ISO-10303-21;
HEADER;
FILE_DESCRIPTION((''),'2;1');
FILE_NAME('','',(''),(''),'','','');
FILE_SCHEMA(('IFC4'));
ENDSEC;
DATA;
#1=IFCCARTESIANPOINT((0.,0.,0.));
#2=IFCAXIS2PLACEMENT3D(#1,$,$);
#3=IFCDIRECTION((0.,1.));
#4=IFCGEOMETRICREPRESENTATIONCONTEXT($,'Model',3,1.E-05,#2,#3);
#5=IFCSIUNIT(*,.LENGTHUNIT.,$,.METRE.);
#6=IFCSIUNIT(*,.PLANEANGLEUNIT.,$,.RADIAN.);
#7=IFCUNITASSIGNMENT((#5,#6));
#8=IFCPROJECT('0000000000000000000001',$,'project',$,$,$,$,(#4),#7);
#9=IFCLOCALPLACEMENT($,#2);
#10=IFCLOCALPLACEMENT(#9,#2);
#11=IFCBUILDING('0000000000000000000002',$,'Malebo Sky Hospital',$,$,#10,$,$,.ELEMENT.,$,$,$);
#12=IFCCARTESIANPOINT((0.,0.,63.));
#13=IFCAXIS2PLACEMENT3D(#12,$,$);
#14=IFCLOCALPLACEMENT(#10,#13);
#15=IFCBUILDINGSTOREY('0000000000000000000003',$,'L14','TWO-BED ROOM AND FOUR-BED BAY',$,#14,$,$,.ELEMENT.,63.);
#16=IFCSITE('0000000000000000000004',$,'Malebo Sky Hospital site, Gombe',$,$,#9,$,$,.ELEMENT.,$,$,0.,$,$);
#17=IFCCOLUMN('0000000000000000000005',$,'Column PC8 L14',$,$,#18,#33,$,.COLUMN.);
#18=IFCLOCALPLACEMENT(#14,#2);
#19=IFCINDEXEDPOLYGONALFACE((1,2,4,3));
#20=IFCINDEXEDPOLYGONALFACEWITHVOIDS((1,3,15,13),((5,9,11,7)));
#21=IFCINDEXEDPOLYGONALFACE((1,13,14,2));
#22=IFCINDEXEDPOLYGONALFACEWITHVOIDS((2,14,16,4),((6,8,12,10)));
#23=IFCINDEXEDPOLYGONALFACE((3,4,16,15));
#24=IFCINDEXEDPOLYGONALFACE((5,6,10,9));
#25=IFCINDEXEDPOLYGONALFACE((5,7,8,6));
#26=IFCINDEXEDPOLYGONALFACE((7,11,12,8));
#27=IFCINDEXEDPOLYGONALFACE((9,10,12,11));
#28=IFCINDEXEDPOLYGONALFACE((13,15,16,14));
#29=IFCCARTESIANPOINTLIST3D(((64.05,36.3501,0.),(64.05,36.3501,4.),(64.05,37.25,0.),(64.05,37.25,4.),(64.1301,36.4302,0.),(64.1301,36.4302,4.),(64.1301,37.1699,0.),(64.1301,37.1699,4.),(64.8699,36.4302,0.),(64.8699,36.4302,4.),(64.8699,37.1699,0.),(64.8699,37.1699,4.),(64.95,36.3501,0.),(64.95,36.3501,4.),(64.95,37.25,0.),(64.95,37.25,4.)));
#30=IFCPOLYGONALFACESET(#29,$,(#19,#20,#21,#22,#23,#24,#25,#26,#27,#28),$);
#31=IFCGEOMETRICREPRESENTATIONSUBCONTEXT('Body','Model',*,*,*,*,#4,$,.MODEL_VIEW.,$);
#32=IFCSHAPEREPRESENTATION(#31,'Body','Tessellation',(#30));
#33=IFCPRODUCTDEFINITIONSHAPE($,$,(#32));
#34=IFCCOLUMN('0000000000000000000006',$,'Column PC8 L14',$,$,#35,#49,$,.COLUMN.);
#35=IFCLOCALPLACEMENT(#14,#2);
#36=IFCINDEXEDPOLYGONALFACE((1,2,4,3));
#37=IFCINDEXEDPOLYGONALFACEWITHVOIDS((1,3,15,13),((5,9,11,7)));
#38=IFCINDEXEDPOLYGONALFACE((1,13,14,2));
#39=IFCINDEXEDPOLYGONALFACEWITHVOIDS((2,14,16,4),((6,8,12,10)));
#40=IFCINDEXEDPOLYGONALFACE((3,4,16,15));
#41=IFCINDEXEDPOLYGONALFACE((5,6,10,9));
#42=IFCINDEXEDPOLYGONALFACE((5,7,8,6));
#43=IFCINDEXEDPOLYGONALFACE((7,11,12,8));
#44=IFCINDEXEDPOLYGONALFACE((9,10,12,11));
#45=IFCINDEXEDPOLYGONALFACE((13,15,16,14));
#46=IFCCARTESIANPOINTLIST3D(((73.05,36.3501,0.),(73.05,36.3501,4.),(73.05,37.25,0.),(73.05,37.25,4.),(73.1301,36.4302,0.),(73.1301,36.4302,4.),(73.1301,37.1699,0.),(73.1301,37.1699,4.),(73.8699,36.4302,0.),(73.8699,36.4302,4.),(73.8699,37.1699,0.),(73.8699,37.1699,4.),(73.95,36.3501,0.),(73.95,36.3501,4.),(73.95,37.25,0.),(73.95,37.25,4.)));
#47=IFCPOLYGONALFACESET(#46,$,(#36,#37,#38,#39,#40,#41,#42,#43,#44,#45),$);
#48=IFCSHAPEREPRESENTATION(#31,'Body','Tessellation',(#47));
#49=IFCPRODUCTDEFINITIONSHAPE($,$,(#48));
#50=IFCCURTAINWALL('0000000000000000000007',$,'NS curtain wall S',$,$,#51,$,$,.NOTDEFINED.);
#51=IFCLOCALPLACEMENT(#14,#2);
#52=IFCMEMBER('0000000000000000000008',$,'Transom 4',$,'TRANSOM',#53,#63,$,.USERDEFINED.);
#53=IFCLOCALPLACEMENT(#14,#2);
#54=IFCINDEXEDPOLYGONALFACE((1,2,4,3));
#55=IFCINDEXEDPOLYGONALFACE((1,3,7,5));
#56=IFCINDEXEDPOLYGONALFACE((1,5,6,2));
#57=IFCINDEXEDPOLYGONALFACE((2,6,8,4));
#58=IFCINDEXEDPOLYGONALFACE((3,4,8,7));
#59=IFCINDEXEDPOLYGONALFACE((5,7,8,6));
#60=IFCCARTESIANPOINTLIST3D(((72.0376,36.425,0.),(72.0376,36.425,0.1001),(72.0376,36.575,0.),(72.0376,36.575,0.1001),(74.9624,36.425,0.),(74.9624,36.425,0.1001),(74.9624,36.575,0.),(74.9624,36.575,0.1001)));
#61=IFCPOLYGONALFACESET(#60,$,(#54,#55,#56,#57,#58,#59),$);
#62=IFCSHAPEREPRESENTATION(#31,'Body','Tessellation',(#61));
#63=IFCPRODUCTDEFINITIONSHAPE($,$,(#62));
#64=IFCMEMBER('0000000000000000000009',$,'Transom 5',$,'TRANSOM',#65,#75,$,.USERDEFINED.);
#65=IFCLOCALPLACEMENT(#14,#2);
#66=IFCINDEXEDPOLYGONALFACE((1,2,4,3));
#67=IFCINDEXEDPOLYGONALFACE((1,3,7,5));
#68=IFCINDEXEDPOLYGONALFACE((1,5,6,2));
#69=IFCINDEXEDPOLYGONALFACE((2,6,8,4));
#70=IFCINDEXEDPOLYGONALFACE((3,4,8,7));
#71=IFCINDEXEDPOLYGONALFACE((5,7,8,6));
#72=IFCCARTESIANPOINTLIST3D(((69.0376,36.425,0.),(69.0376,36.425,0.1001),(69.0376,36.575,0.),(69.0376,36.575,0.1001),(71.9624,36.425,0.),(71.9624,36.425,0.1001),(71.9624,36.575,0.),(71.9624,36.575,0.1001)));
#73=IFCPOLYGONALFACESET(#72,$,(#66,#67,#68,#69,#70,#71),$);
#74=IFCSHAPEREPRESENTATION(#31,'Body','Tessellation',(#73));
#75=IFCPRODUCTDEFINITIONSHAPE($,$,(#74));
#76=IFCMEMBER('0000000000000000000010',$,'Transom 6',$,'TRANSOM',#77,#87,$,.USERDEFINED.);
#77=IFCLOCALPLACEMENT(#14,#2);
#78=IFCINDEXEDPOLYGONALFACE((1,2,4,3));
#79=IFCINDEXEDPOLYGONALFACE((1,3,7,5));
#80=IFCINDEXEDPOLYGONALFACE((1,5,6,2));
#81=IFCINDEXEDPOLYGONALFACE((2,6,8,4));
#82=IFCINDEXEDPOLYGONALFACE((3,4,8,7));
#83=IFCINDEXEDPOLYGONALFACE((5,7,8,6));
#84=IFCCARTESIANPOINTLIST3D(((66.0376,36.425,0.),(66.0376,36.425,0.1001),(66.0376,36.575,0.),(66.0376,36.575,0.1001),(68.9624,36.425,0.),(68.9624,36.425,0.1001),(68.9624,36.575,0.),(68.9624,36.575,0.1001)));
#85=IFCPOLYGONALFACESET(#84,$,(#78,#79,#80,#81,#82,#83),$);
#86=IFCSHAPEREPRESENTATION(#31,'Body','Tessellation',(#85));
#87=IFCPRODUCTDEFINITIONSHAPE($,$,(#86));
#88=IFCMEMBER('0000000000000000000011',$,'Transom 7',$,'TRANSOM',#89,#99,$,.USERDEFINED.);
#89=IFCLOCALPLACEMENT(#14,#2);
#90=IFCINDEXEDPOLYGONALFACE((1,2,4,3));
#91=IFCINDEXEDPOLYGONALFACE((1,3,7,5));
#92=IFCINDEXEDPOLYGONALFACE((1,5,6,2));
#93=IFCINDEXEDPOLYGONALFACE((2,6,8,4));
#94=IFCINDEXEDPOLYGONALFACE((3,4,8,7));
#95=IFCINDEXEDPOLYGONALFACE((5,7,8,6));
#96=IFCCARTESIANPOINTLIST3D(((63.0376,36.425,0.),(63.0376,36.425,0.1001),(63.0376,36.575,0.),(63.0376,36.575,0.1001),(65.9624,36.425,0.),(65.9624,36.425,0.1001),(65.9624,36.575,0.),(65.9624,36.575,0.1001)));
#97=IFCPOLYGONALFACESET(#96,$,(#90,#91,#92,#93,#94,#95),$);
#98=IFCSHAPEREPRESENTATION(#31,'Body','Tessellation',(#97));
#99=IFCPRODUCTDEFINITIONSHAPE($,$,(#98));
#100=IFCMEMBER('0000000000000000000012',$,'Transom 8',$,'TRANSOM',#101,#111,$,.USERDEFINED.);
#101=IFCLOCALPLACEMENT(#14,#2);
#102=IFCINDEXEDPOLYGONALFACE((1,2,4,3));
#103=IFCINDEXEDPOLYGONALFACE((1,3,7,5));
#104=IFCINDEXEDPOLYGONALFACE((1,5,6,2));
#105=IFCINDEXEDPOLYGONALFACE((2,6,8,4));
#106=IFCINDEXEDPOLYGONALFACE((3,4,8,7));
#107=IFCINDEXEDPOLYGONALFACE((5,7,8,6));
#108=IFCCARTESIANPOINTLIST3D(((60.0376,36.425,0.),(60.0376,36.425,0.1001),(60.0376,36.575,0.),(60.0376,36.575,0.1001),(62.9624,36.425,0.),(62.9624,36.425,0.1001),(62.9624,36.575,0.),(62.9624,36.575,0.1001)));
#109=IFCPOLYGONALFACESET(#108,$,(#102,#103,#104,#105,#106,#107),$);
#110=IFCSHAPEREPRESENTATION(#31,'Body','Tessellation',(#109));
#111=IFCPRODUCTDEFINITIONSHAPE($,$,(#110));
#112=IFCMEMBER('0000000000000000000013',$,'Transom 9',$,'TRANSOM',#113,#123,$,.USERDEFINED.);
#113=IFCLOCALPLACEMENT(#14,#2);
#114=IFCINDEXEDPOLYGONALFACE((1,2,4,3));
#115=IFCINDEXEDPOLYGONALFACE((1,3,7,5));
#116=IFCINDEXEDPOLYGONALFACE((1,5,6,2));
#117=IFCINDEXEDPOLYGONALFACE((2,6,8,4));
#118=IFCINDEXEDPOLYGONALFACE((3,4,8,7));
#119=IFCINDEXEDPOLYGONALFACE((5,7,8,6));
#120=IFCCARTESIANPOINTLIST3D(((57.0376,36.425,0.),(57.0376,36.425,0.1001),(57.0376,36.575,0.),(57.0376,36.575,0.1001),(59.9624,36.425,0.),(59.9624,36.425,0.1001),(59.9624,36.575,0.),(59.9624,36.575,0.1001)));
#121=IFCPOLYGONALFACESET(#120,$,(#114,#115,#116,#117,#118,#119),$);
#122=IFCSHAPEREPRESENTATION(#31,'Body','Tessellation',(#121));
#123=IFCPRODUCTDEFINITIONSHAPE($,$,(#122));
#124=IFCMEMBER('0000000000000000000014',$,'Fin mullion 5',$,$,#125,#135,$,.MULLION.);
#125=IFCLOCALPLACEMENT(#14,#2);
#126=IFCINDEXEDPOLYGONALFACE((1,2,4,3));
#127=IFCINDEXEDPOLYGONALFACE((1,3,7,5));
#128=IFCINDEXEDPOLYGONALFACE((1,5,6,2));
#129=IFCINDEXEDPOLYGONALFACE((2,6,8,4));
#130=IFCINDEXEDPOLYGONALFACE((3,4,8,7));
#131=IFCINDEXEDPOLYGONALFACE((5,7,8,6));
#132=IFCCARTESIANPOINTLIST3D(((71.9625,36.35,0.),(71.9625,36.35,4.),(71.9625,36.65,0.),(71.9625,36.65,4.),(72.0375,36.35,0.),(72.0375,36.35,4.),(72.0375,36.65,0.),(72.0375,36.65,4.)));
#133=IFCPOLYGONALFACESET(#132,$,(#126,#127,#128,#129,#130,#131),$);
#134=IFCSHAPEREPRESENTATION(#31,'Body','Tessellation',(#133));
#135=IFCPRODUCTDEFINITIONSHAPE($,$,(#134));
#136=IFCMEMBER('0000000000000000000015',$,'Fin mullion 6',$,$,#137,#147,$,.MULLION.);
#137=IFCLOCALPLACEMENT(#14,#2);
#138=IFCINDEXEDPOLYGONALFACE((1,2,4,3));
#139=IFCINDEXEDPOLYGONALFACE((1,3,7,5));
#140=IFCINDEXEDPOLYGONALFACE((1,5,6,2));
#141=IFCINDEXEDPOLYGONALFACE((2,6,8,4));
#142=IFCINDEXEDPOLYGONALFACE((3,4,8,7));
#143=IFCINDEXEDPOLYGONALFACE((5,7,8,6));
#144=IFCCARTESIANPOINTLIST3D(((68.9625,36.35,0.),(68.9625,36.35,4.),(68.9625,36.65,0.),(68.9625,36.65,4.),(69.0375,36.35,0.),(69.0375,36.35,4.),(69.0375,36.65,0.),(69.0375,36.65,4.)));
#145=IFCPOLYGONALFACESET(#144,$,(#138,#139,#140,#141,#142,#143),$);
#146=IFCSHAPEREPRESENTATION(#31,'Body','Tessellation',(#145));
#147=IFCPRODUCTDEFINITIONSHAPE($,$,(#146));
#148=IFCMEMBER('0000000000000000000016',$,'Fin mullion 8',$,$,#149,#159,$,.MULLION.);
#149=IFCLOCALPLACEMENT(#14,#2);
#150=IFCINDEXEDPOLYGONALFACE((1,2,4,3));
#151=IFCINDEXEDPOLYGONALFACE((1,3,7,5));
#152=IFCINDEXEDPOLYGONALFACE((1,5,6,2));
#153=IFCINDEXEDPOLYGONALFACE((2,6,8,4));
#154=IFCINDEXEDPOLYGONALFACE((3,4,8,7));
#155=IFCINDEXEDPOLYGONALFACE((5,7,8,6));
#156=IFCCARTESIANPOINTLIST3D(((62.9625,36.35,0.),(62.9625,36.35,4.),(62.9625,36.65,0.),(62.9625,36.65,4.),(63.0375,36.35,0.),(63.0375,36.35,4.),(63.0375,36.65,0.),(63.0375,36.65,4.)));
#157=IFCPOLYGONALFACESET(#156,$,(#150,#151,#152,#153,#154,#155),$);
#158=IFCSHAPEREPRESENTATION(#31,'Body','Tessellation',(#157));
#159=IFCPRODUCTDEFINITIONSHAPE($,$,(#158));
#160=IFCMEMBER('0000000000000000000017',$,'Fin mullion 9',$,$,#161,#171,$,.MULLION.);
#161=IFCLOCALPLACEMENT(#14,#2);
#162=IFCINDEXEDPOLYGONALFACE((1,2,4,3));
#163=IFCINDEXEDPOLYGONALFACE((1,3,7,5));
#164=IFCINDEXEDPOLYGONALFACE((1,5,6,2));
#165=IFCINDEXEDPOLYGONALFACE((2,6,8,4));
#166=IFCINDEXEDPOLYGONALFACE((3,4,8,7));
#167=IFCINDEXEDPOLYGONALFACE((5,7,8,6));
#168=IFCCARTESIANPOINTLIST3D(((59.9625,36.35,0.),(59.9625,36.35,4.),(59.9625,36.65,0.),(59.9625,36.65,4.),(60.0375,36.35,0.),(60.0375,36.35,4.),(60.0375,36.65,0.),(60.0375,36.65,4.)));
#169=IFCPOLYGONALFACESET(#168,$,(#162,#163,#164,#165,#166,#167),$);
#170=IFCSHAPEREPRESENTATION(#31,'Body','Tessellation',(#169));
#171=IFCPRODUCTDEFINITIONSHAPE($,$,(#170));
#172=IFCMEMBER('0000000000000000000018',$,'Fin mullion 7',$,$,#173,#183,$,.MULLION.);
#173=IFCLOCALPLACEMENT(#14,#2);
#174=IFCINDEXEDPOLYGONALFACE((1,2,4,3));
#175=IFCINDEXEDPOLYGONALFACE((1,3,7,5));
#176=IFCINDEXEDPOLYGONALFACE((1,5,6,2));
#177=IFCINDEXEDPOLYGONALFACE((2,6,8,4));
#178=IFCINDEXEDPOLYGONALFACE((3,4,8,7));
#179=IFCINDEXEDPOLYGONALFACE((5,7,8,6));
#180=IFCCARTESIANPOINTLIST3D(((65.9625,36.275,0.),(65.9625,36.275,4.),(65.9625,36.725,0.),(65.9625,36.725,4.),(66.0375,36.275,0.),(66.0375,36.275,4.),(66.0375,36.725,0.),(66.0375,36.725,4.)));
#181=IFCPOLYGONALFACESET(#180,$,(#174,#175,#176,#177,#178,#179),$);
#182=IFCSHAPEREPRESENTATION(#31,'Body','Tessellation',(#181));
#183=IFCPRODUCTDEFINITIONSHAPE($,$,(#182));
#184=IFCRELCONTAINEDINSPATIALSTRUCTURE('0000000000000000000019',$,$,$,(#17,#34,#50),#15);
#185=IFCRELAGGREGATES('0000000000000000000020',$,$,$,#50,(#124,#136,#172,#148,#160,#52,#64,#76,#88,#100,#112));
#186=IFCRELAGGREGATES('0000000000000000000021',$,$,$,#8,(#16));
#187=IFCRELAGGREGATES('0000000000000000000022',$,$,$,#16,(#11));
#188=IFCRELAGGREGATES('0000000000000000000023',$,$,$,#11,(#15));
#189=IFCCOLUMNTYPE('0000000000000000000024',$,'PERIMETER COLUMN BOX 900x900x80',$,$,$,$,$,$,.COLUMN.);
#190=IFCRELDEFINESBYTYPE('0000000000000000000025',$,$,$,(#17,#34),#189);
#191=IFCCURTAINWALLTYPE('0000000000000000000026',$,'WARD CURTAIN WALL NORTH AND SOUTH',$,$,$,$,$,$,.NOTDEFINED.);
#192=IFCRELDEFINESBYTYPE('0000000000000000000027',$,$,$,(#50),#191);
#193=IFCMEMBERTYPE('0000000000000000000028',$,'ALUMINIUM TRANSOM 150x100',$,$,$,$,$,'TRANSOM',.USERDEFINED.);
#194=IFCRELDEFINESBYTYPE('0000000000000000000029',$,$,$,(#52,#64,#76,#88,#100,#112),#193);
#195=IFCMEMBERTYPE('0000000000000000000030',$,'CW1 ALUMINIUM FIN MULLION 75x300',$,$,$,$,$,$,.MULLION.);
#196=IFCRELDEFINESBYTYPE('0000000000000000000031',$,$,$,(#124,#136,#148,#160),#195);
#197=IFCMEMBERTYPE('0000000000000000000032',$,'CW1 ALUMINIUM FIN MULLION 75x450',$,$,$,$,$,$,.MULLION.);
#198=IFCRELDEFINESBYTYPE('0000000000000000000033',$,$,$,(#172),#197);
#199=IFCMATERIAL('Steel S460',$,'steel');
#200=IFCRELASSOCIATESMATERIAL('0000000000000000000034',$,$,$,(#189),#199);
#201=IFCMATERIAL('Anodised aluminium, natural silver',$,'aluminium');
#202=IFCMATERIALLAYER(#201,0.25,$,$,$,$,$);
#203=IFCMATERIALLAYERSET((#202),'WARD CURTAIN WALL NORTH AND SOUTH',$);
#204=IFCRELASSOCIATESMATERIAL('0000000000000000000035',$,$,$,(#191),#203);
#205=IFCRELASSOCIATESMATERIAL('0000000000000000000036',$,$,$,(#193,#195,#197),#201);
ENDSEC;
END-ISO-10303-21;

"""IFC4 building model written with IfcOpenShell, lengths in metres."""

from ifc_helpers import new_model, si_unit, direction, frame, origin, origin_2d, place, context, subcontext, project, spatial, rectangle, hollow_rectangle, extrude, material, layer, layer_set, material_profile, profile_set, type_object, element, aggregate, save


model = new_model("IFC4")

# Units and contexts
model_context = context("Model", 3, precision=1e-05, world=origin(), true_north=direction((0.0, 1.0)))
body_context = subcontext(model_context, "Body", "Model", "MODEL_VIEW")
ifc_project = project(units=[si_unit("LENGTHUNIT", "METRE"), si_unit("PLANEANGLEUNIT", "RADIAN")], contexts=[model_context])

# Site, building, storey
site_placement = place(None, origin())
site = spatial("IfcSite", under=ifc_project, at=site_placement, Name="Malebo Sky Hospital site, Gombe", CompositionType="ELEMENT", RefElevation=0.0)
building_placement = place(site_placement, origin())
building = spatial("IfcBuilding", under=site, at=building_placement, Name="Malebo Sky Hospital", CompositionType="ELEMENT")
storey_placement = place(building_placement, frame((0.0, 0.0, 63.0)))
storey = spatial("IfcBuildingStorey", under=building, at=storey_placement, Name="L14", Description="TWO-BED ROOM AND FOUR-BED BAY", CompositionType="ELEMENT", Elevation=63.0)

# Columns
ifc_material_1 = material(Name="Steel S460", Category="steel")
ifc_material_profile_1 = material_profile(ifc_material_1, hollow_rectangle(XDim=0.8999, YDim=0.8999, WallThickness=0.0801, at=origin_2d()), Name="BOX 900x900x80")
ifc_profile_set_1 = profile_set([ifc_material_profile_1], Name="Steel S460")
column_type = type_object("IfcColumnType", Name="PERIMETER COLUMN BOX 900x900x80", PredefinedType="COLUMN", material=ifc_profile_set_1)
for number, where, z_axis, x_axis, name in (
    (1, (64.5, 36.8, 0.0), (0.0, 0.0, 1.0), (1.0, 0.0, 0.0), "Column PC8 L14"),
    (2, (73.5, 36.8, 0.0), (0.0, 0.0, 1.0), (1.0, 0.0, 0.0), "Column PC8 L14"),
):
    element("IfcColumn", number, at=place(storey_placement, frame(where, z_axis=z_axis, x_axis=x_axis)), inside=storey, type_object=column_type, Name=name, PredefinedType="COLUMN", context=body_context, shape_type="SweptSolid", body=[
        extrude(hollow_rectangle(XDim=0.8999, YDim=0.8999, WallThickness=0.0801, at=origin_2d()), origin(), (0.0, 0.0, 1.0), 4.0),
    ])

# Curtain wall, members
ifc_material_2 = material(Name="Anodised aluminium, natural silver", Category="aluminium")
ifc_layer_1 = layer(ifc_material_2, 0.25)
ifc_layer_set_1 = layer_set([ifc_layer_1], Name="WARD CURTAIN WALL NORTH AND SOUTH")
curtain_wall_type = type_object("IfcCurtainWallType", Name="WARD CURTAIN WALL NORTH AND SOUTH", PredefinedType="NOTDEFINED", material=ifc_layer_set_1)
curtain_wall_placement = place(storey_placement, origin())
curtain_wall = element("IfcCurtainWall", 3, at=curtain_wall_placement, inside=storey, type_object=curtain_wall_type, Name="NS curtain wall S", PredefinedType="NOTDEFINED")
ifc_material_profile_2 = material_profile(ifc_material_2, rectangle(XDim=0.1499, YDim=0.1001, at=origin_2d()), Name="ALUMINIUM TRANSOM 150x100")
ifc_profile_set_2 = profile_set([ifc_material_profile_2], Name="Anodised aluminium, natural silver")
member_type_1 = type_object("IfcMemberType", Name="ALUMINIUM TRANSOM 150x100", ElementType="TRANSOM", PredefinedType="USERDEFINED", material=ifc_profile_set_2)
member_1_placement = place(storey_placement, frame((74.9624, 36.5, 0.05), z_axis=(-1.0, 0.0, 0.0), x_axis=(0.0, -1.0, 0.0)))
member_1 = element("IfcMember", 4, at=member_1_placement, type_object=member_type_1, Name="Transom 4", ObjectType="TRANSOM", PredefinedType="USERDEFINED", context=body_context, shape_type="SweptSolid", body=[
    extrude(rectangle(XDim=0.1499, YDim=0.1001, at=origin_2d()), origin(), (0.0, 0.0, 1.0), 2.9248),
])
member_2_placement = place(storey_placement, frame((71.9624, 36.5, 0.05), z_axis=(-1.0, 0.0, 0.0), x_axis=(0.0, -1.0, 0.0)))
member_2 = element("IfcMember", 5, at=member_2_placement, type_object=member_type_1, Name="Transom 5", ObjectType="TRANSOM", PredefinedType="USERDEFINED", context=body_context, shape_type="SweptSolid", body=[
    extrude(rectangle(XDim=0.1499, YDim=0.1001, at=origin_2d()), origin(), (0.0, 0.0, 1.0), 2.9248),
])
member_3_placement = place(storey_placement, frame((68.9624, 36.5, 0.05), z_axis=(-1.0, 0.0, 0.0), x_axis=(0.0, -1.0, 0.0)))
member_3 = element("IfcMember", 6, at=member_3_placement, type_object=member_type_1, Name="Transom 6", ObjectType="TRANSOM", PredefinedType="USERDEFINED", context=body_context, shape_type="SweptSolid", body=[
    extrude(rectangle(XDim=0.1499, YDim=0.1001, at=origin_2d()), origin(), (0.0, 0.0, 1.0), 2.9248),
])
member_4_placement = place(storey_placement, frame((65.9624, 36.5, 0.05), z_axis=(-1.0, 0.0, 0.0), x_axis=(0.0, -1.0, 0.0)))
member_4 = element("IfcMember", 7, at=member_4_placement, type_object=member_type_1, Name="Transom 7", ObjectType="TRANSOM", PredefinedType="USERDEFINED", context=body_context, shape_type="SweptSolid", body=[
    extrude(rectangle(XDim=0.1499, YDim=0.1001, at=origin_2d()), origin(), (0.0, 0.0, 1.0), 2.9248),
])
member_5_placement = place(storey_placement, frame((62.9624, 36.5, 0.05), z_axis=(-1.0, 0.0, 0.0), x_axis=(0.0, -1.0, 0.0)))
member_5 = element("IfcMember", 8, at=member_5_placement, type_object=member_type_1, Name="Transom 8", ObjectType="TRANSOM", PredefinedType="USERDEFINED", context=body_context, shape_type="SweptSolid", body=[
    extrude(rectangle(XDim=0.1499, YDim=0.1001, at=origin_2d()), origin(), (0.0, 0.0, 1.0), 2.9248),
])
member_6_placement = place(storey_placement, frame((59.9624, 36.5, 0.05), z_axis=(-1.0, 0.0, 0.0), x_axis=(0.0, -1.0, 0.0)))
member_6 = element("IfcMember", 9, at=member_6_placement, type_object=member_type_1, Name="Transom 9", ObjectType="TRANSOM", PredefinedType="USERDEFINED", context=body_context, shape_type="SweptSolid", body=[
    extrude(rectangle(XDim=0.1499, YDim=0.1001, at=origin_2d()), origin(), (0.0, 0.0, 1.0), 2.9248),
])
ifc_material_profile_3 = material_profile(ifc_material_2, rectangle(XDim=0.075, YDim=0.3, at=origin_2d()), Name="CW1 ALUMINIUM FIN MULLION 75x300")
ifc_profile_set_3 = profile_set([ifc_material_profile_3], Name="Anodised aluminium, natural silver")
member_type_2 = type_object("IfcMemberType", Name="CW1 ALUMINIUM FIN MULLION 75x300", PredefinedType="MULLION", material=ifc_profile_set_3)
member_7_placement = place(storey_placement, frame((72.0, 36.5, 0.0), z_axis=(0.0, 0.0, 1.0), x_axis=(-1.0, 0.0, 0.0)))
member_7 = element("IfcMember", 10, at=member_7_placement, type_object=member_type_2, Name="Fin mullion 5", PredefinedType="MULLION", context=body_context, shape_type="SweptSolid", body=[
    extrude(rectangle(XDim=0.075, YDim=0.3, at=origin_2d()), origin(), (0.0, 0.0, 1.0), 4.0),
])
member_8_placement = place(storey_placement, frame((69.0, 36.5, 0.0), z_axis=(0.0, 0.0, 1.0), x_axis=(-1.0, 0.0, 0.0)))
member_8 = element("IfcMember", 11, at=member_8_placement, type_object=member_type_2, Name="Fin mullion 6", PredefinedType="MULLION", context=body_context, shape_type="SweptSolid", body=[
    extrude(rectangle(XDim=0.075, YDim=0.3, at=origin_2d()), origin(), (0.0, 0.0, 1.0), 4.0),
])
member_9_placement = place(storey_placement, frame((63.0, 36.5, 0.0), z_axis=(0.0, 0.0, 1.0), x_axis=(-1.0, 0.0, 0.0)))
member_9 = element("IfcMember", 12, at=member_9_placement, type_object=member_type_2, Name="Fin mullion 8", PredefinedType="MULLION", context=body_context, shape_type="SweptSolid", body=[
    extrude(rectangle(XDim=0.075, YDim=0.3, at=origin_2d()), origin(), (0.0, 0.0, 1.0), 4.0),
])
member_10_placement = place(storey_placement, frame((60.0, 36.5, 0.0), z_axis=(0.0, 0.0, 1.0), x_axis=(-1.0, 0.0, 0.0)))
member_10 = element("IfcMember", 13, at=member_10_placement, type_object=member_type_2, Name="Fin mullion 9", PredefinedType="MULLION", context=body_context, shape_type="SweptSolid", body=[
    extrude(rectangle(XDim=0.075, YDim=0.3, at=origin_2d()), origin(), (0.0, 0.0, 1.0), 4.0),
])
ifc_material_profile_4 = material_profile(ifc_material_2, rectangle(XDim=0.075, YDim=0.45, at=origin_2d()), Name="CW1 ALUMINIUM FIN MULLION 75x450")
ifc_profile_set_4 = profile_set([ifc_material_profile_4], Name="Anodised aluminium, natural silver")
member_type_3 = type_object("IfcMemberType", Name="CW1 ALUMINIUM FIN MULLION 75x450", PredefinedType="MULLION", material=ifc_profile_set_4)
member_11_placement = place(storey_placement, frame((66.0, 36.5, 0.0), z_axis=(0.0, 0.0, 1.0), x_axis=(-1.0, 0.0, 0.0)))
member_11 = element("IfcMember", 14, at=member_11_placement, type_object=member_type_3, Name="Fin mullion 7", PredefinedType="MULLION", context=body_context, shape_type="SweptSolid", body=[
    extrude(rectangle(XDim=0.075, YDim=0.45, at=origin_2d()), origin(), (0.0, 0.0, 1.0), 4.0),
])

aggregate(curtain_wall, [member_7, member_8, member_11, member_9, member_10, member_1, member_2, member_3, member_4, member_5, member_6])

save(model, "model.ifc")
